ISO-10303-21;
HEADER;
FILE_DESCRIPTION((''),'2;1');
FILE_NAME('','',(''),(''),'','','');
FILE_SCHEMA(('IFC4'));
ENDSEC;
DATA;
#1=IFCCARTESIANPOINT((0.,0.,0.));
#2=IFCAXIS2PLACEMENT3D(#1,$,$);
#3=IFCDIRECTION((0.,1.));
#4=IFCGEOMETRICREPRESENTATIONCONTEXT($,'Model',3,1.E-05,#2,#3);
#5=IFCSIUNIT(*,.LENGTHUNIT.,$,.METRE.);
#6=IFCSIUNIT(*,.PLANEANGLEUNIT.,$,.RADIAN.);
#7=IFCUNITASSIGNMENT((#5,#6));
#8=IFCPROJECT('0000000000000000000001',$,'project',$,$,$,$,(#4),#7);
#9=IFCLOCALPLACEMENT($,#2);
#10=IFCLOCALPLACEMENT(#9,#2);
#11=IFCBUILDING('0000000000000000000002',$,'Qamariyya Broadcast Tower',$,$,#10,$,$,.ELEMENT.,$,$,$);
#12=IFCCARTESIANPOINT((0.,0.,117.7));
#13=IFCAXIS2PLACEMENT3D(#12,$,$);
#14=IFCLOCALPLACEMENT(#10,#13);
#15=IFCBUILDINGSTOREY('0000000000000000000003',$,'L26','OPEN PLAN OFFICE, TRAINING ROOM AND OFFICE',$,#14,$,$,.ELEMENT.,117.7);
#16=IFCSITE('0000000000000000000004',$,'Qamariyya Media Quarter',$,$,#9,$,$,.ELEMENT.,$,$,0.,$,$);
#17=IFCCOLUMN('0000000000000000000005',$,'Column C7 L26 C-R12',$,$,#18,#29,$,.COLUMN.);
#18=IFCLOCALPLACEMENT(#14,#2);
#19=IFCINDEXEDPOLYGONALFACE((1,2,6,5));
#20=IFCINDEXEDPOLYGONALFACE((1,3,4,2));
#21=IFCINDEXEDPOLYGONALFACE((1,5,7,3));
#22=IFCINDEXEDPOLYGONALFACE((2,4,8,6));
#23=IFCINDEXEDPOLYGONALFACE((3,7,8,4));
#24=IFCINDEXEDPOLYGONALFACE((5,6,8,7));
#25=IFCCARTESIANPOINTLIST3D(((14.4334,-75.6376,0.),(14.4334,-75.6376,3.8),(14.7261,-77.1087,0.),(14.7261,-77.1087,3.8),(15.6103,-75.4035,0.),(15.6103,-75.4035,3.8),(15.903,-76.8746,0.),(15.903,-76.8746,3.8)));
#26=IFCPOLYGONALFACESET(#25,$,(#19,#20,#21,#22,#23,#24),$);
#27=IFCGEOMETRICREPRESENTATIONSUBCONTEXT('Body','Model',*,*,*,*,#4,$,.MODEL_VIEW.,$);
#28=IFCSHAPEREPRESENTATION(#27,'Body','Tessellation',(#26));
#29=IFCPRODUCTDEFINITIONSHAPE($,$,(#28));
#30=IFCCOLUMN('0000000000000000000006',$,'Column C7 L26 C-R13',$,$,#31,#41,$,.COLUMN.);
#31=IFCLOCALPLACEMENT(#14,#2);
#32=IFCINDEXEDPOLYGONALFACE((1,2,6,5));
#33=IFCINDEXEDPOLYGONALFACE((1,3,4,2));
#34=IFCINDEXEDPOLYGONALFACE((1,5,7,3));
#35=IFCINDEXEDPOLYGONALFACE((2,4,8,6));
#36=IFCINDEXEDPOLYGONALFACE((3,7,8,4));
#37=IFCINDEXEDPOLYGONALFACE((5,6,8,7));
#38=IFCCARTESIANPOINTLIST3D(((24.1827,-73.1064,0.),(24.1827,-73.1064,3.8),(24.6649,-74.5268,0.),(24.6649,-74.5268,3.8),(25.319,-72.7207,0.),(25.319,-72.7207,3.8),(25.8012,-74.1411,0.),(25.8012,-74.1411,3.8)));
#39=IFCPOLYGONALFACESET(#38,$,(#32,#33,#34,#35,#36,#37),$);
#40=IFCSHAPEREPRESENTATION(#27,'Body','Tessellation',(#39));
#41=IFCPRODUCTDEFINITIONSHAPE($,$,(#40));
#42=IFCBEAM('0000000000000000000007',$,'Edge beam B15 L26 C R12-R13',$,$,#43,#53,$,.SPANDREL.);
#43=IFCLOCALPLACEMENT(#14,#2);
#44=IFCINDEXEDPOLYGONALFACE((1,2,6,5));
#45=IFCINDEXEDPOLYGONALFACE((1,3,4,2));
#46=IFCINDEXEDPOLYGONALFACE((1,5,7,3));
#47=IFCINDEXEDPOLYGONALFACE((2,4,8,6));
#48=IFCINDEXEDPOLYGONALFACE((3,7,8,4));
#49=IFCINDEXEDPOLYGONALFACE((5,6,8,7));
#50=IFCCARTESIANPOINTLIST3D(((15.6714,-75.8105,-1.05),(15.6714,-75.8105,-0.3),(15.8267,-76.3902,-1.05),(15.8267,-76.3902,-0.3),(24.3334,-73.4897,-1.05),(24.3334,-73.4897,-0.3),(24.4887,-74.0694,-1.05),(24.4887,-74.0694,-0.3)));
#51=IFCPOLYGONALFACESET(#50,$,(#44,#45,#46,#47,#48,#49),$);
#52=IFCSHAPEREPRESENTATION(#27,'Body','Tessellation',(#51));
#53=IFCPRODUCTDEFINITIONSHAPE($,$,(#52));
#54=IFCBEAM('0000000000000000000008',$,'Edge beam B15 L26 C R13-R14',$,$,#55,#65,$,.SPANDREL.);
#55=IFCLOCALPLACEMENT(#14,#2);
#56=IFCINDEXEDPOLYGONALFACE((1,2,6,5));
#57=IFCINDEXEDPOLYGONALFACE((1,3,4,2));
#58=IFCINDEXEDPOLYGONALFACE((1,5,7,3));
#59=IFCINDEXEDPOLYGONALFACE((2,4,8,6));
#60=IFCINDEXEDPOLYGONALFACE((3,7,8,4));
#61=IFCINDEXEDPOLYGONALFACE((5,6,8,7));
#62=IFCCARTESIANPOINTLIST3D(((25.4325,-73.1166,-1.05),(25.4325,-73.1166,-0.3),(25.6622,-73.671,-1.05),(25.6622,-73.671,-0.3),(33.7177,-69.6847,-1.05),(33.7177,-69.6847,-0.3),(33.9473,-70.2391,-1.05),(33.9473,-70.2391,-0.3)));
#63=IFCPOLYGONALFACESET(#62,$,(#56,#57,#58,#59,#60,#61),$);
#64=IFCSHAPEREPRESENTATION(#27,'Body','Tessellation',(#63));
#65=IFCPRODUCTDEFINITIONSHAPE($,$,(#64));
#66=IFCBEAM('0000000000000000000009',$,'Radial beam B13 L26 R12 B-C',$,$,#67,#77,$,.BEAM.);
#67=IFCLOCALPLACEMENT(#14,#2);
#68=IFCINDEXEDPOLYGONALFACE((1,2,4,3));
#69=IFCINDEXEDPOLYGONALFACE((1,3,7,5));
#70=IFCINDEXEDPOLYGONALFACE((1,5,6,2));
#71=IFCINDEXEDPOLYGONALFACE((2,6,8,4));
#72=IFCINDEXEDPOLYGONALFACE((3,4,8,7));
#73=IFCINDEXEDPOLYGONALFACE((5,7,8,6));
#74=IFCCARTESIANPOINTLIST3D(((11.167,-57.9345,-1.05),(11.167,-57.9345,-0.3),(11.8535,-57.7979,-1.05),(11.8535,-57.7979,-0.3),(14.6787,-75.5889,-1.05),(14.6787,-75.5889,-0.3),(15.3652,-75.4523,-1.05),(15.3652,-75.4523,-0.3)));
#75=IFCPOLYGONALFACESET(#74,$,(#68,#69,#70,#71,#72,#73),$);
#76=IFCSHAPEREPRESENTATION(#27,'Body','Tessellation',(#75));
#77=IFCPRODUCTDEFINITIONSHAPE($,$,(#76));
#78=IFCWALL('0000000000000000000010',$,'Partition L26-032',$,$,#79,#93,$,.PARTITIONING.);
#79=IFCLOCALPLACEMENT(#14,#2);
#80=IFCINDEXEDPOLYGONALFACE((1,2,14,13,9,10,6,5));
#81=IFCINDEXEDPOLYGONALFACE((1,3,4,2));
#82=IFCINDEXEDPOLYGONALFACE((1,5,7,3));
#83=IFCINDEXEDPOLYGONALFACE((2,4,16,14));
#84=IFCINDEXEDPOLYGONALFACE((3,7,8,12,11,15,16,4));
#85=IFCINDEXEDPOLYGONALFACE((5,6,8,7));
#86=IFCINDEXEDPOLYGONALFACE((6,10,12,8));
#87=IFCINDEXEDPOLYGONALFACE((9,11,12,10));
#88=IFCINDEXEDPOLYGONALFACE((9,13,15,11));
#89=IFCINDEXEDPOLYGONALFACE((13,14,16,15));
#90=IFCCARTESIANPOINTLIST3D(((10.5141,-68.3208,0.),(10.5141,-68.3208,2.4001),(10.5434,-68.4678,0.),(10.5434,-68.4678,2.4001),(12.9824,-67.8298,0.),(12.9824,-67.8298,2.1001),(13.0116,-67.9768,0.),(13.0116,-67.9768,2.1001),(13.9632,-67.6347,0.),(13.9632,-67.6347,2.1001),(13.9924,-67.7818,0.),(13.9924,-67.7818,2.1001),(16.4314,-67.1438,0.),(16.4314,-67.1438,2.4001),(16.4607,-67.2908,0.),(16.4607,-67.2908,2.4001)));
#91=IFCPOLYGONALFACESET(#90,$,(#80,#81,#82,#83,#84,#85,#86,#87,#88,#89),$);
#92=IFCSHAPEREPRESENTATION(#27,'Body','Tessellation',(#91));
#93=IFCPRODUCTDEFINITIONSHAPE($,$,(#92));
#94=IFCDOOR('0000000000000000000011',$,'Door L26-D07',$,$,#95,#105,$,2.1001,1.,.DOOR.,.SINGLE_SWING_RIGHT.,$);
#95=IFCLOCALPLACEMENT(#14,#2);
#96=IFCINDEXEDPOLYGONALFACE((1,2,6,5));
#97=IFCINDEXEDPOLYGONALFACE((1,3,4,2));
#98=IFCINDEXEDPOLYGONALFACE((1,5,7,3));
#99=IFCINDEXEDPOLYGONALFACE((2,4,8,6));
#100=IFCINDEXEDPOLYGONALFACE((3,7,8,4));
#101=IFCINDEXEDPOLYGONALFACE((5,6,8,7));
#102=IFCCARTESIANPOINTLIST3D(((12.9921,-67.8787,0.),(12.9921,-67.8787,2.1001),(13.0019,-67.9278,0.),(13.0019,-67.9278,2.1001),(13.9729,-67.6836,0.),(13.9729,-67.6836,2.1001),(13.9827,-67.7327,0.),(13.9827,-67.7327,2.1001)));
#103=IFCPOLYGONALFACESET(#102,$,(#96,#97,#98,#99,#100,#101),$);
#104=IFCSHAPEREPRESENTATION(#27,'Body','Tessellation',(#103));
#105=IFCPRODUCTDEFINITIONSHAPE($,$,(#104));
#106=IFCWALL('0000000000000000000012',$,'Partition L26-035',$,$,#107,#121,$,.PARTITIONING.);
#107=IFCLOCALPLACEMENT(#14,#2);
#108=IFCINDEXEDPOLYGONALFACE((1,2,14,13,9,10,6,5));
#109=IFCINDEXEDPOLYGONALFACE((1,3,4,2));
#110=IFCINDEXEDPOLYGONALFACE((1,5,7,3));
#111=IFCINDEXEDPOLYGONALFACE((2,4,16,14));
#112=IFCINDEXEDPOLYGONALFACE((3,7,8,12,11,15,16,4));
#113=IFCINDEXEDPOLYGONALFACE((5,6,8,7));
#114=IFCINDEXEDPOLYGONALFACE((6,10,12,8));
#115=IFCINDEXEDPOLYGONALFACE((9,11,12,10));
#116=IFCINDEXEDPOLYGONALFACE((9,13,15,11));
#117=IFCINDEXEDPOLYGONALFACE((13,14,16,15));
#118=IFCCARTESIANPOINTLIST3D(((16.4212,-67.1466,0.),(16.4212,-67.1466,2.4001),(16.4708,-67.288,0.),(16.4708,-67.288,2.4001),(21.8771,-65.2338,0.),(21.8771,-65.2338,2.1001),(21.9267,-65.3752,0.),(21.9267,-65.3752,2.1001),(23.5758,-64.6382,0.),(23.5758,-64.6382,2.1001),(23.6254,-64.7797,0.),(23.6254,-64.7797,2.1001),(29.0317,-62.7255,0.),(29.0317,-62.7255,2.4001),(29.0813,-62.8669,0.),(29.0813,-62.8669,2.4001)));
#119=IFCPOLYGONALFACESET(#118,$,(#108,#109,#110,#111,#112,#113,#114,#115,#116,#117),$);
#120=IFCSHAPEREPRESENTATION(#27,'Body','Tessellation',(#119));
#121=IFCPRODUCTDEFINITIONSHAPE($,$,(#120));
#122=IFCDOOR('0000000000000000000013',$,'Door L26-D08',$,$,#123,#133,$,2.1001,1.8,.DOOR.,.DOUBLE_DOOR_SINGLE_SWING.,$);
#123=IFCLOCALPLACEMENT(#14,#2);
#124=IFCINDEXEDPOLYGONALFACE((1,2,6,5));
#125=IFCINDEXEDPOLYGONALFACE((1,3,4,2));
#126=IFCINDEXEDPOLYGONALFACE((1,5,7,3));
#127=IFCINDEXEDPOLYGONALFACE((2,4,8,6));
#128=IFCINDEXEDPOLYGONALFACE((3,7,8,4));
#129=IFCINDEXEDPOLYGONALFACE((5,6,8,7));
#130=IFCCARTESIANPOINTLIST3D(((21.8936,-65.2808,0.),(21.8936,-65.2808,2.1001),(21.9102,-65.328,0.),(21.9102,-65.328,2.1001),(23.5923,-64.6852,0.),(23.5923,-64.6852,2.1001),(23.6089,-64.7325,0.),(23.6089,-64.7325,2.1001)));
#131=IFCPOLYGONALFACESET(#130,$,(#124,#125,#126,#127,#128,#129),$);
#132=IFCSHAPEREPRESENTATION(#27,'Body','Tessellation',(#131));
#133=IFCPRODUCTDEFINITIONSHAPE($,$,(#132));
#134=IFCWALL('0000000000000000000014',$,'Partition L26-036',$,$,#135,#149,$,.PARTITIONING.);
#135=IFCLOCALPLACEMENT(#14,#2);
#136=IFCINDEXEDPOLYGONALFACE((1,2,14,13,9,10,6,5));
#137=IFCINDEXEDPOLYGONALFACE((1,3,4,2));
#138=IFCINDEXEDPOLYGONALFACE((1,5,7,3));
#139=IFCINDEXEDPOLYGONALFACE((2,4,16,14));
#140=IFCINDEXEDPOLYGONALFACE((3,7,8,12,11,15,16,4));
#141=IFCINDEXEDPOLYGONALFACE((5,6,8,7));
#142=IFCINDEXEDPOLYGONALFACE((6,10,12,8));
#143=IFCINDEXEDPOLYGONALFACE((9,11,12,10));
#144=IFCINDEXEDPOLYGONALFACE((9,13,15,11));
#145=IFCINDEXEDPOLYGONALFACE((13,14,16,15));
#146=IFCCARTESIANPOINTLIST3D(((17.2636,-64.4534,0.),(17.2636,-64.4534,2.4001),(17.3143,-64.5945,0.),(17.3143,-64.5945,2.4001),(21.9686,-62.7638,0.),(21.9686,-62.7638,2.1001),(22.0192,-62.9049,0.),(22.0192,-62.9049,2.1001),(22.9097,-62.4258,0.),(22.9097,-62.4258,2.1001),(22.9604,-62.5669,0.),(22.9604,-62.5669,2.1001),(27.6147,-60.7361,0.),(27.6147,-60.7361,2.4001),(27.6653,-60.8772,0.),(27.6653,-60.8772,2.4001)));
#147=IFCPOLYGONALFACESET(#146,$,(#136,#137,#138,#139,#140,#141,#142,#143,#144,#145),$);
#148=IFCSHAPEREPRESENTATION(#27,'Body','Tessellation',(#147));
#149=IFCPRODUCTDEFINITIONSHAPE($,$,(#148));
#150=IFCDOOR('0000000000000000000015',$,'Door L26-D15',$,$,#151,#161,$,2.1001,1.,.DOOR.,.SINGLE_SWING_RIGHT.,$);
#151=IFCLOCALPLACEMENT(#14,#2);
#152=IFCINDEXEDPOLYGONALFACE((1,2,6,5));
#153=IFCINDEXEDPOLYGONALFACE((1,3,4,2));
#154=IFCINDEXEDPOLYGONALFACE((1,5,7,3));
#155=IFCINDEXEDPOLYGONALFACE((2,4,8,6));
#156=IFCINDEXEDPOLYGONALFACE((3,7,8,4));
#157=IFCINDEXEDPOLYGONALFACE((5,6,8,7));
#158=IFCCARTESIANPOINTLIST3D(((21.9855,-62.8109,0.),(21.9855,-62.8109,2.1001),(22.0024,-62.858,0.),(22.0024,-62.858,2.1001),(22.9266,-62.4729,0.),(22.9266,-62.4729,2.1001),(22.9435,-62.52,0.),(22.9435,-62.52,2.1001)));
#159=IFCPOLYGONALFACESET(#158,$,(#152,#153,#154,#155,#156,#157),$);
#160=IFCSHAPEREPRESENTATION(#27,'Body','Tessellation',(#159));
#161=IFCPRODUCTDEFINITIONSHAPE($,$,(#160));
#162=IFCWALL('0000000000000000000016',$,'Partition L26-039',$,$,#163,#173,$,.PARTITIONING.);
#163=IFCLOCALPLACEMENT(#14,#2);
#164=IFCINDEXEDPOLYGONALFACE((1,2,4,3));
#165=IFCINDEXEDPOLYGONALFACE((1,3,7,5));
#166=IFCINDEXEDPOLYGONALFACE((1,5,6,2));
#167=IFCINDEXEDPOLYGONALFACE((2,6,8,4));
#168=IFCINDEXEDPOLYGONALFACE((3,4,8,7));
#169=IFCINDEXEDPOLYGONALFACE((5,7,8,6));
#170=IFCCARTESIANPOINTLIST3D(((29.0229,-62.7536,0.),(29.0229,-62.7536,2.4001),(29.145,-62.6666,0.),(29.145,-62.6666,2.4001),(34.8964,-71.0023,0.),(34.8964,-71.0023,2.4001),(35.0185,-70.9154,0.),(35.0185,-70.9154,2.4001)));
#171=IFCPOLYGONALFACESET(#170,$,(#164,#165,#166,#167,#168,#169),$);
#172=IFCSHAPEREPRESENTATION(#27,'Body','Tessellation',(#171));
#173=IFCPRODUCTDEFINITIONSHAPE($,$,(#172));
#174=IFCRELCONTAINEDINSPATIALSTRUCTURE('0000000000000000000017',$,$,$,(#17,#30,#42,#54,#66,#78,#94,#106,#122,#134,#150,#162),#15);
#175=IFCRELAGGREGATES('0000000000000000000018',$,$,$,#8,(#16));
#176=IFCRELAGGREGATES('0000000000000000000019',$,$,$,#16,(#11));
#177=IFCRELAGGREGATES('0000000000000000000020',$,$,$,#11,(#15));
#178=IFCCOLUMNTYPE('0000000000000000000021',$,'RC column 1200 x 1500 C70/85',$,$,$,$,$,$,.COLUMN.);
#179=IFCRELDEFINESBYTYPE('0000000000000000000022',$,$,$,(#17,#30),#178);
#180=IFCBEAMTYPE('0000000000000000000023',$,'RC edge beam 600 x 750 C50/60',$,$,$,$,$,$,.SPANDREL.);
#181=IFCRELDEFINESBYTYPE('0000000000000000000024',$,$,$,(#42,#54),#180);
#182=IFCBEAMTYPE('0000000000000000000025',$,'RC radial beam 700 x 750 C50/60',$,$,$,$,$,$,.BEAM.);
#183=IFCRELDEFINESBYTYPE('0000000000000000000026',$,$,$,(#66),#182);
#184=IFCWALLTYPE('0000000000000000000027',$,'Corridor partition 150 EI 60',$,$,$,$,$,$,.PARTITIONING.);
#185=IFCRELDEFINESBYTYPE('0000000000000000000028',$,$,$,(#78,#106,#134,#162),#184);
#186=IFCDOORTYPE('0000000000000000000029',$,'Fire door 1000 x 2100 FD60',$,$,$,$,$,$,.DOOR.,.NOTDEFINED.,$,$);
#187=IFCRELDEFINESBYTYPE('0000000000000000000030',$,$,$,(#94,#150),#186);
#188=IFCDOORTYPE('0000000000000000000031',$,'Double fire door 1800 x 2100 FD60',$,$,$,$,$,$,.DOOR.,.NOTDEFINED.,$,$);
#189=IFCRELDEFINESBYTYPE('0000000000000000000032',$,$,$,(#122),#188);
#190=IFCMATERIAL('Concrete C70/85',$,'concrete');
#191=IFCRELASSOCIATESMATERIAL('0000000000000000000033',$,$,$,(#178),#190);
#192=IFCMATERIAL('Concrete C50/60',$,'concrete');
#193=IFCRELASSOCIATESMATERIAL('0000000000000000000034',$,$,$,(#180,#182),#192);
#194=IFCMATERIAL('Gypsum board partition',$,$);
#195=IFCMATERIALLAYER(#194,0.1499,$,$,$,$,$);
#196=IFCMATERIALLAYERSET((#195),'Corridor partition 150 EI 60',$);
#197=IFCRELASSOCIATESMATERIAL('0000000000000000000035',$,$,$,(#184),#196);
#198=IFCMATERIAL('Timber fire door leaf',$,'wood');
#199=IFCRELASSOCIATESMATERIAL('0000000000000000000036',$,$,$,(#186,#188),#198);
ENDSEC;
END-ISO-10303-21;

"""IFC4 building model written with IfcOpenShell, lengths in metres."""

from ifc_helpers import new_model, si_unit, direction, frame, frame_2d, origin, origin_2d, place, context, subcontext, project, spatial, rectangle, extrude, material, layer, layer_set, material_profile, profile_set, type_object, element, fill, save


model = new_model("IFC4")

# Units and contexts
model_context = context("Model", 3, precision=1e-05, world=origin(), true_north=direction((0.0, 1.0)))
body_context = subcontext(model_context, "Body", "Model", "MODEL_VIEW")
ifc_project = project(units=[si_unit("LENGTHUNIT", "METRE"), si_unit("PLANEANGLEUNIT", "RADIAN")], contexts=[model_context])

# Site, building, storey
site_placement = place(None, origin())
site = spatial("IfcSite", under=ifc_project, at=site_placement, Name="Qamariyya Media Quarter", CompositionType="ELEMENT", RefElevation=0.0)
building_placement = place(site_placement, origin())
building = spatial("IfcBuilding", under=site, at=building_placement, Name="Qamariyya Broadcast Tower", CompositionType="ELEMENT")
storey_placement = place(building_placement, frame((0.0, 0.0, 117.7)))
storey = spatial("IfcBuildingStorey", under=building, at=storey_placement, Name="L26", Description="OPEN PLAN OFFICE, TRAINING ROOM AND OFFICE", CompositionType="ELEMENT", Elevation=117.7)

# Columns
ifc_material_1 = material(Name="Concrete C70/85", Category="concrete")
ifc_material_profile_1 = material_profile(ifc_material_1, rectangle(XDim=1.2, YDim=1.5, at=origin_2d()))
ifc_profile_set_1 = profile_set([ifc_material_profile_1], Name="Concrete C70/85")
column_type = type_object("IfcColumnType", Name="RC column 1200 x 1500 C70/85", PredefinedType="COLUMN", material=ifc_profile_set_1)
for number, where, z_axis, x_axis, name in (
    (1, (15.1682, -76.2561, 0.0), (0.0, 0.0, 1.0), (0.980785, 0.19509, 0.0), "Column C7 L26 C-R12"),
    (2, (24.9919, -73.6238, 0.0), (0.0, 0.0, 1.0), (0.94693, 0.321439, 0.0), "Column C7 L26 C-R13"),
):
    element("IfcColumn", number, at=place(storey_placement, frame(where, z_axis=z_axis, x_axis=x_axis)), inside=storey, type_object=column_type, Name=name, PredefinedType="COLUMN", context=body_context, shape_type="SweptSolid", body=[
        extrude(rectangle(XDim=1.2, YDim=1.5, at=origin_2d()), origin(), (0.0, 0.0, 1.0), 3.8),
    ])

# Beams
ifc_material_2 = material(Name="Concrete C50/60", Category="concrete")
ifc_material_profile_2 = material_profile(ifc_material_2, rectangle(XDim=0.6001, YDim=0.75, at=origin_2d()))
ifc_profile_set_2 = profile_set([ifc_material_profile_2], Name="Concrete C50/60")
beam_type_1 = type_object("IfcBeamType", Name="RC edge beam 600 x 750 C50/60", PredefinedType="SPANDREL", material=ifc_profile_set_2)
beam_1_placement = place(storey_placement, frame((15.749, -76.1003, -0.675), z_axis=(0.965932, 0.258798, 0.0), x_axis=(-0.258798, 0.965932, 0.0)))
element("IfcBeam", 3, at=beam_1_placement, inside=storey, type_object=beam_type_1, Name="Edge beam B15 L26 C R12-R13", PredefinedType="SPANDREL", context=body_context, shape_type="SweptSolid", body=[
    extrude(rectangle(XDim=0.6001, YDim=0.75, at=origin_2d()), origin(), (0.0, 0.0, 1.0), 8.9675),
])
beam_2_placement = place(storey_placement, frame((25.5474, -73.3938, -0.675), z_axis=(0.923877, 0.382689, 0.0), x_axis=(-0.382689, 0.923877, 0.0)))
element("IfcBeam", 4, at=beam_2_placement, inside=storey, type_object=beam_type_1, Name="Edge beam B15 L26 C R13-R14", PredefinedType="SPANDREL", context=body_context, shape_type="SweptSolid", body=[
    extrude(rectangle(XDim=0.6001, YDim=0.75, at=origin_2d()), origin(), (0.0, 0.0, 1.0), 8.9678),
])
ifc_material_profile_3 = material_profile(ifc_material_2, rectangle(XDim=0.7, YDim=0.75, at=origin_2d()))
ifc_profile_set_3 = profile_set([ifc_material_profile_3], Name="Concrete C50/60")
beam_type_2 = type_object("IfcBeamType", Name="RC radial beam 700 x 750 C50/60", PredefinedType="BEAM", material=ifc_profile_set_3)
beam_3_placement = place(storey_placement, frame((11.5103, -57.8662, -0.675), z_axis=(0.195094, -0.980785, 0.0), x_axis=(0.980785, 0.195094, 0.0)))
element("IfcBeam", 5, at=beam_3_placement, inside=storey, type_object=beam_type_2, Name="Radial beam B13 L26 R12 B-C", PredefinedType="BEAM", context=body_context, shape_type="SweptSolid", body=[
    extrude(rectangle(XDim=0.7, YDim=0.75, at=origin_2d()), origin(), (0.0, 0.0, 1.0), 18.0002),
])

# Walls, openings, doors
ifc_material_3 = material(Name="Gypsum board partition")
ifc_layer_1 = layer(ifc_material_3, 0.1499)
ifc_layer_set_1 = layer_set([ifc_layer_1], Name="Corridor partition 150 EI 60")
wall_type_1 = type_object("IfcWallType", Name="Corridor partition 150 EI 60", PredefinedType="PARTITIONING", material=ifc_layer_set_1)
wall_1_placement = place(storey_placement, frame((16.446, -67.2173, 0.0), z_axis=(0.0, 0.0, 1.0), x_axis=(-0.980786, -0.195089, 0.0)))
wall_1 = element("IfcWall", 6, at=wall_1_placement, inside=storey, type_object=wall_type_1, Name="Partition L26-032", PredefinedType="PARTITIONING", context=body_context, shape_type="SweptSolid", body=[
    extrude(rectangle(XDim=6.0332, YDim=0.1499, at=frame_2d((3.0166, 0.0))), origin(), (0.0, 0.0, 1.0), 2.4001),
])
opening_1_placement = place(wall_1_placement, frame((2.5166, 0.0, 0.0)))
opening_1 = element("IfcOpeningElement", 7, at=opening_1_placement, cuts=wall_1, PredefinedType="OPENING", context=body_context, shape_type="SweptSolid", body=[
    extrude(rectangle(XDim=1.0, YDim=2.1001, at=frame_2d((0.5, 1.05))), frame((0.0, 0.085, 0.0), z_axis=(0.0, -1.0, 0.0), x_axis=(1.0, 0.0, 0.0)), (0.0, 0.0, 1.0), 0.1699),
])
ifc_material_4 = material(Name="Timber fire door leaf", Category="wood")
door_type_1 = type_object("IfcDoorType", Name="Fire door 1000 x 2100 FD60", OperationType="NOTDEFINED", PredefinedType="DOOR", material=ifc_material_4)
door_1_placement = place(opening_1_placement, origin())
door_1 = element("IfcDoor", 8, at=door_1_placement, inside=storey, type_object=door_type_1, Name="Door L26-D07", OperationType="SINGLE_SWING_RIGHT", OverallHeight=2.1001, OverallWidth=1.0, PredefinedType="DOOR", context=body_context, shape_type="SweptSolid", body=[
    extrude(rectangle(XDim=1.0, YDim=2.1001, at=frame_2d((0.5, 1.05))), frame((0.0, 0.0249, 0.0), z_axis=(0.0, -1.0, 0.0), x_axis=(1.0, 0.0, 0.0)), (0.0, 0.0, 1.0), 0.05),
])
fill(opening_1, door_1)
wall_2_placement = place(storey_placement, frame((29.0566, -62.7961, 0.0), z_axis=(0.0, 0.0, 1.0), x_axis=(-0.943685, -0.330846, 0.0)))
wall_2 = element("IfcWall", 9, at=wall_2_placement, inside=storey, type_object=wall_type_1, Name="Partition L26-035", PredefinedType="PARTITIONING", context=body_context, shape_type="SweptSolid", body=[
    extrude(rectangle(XDim=13.363, YDim=0.1499, at=frame_2d((6.6816, 0.0))), origin(), (0.0, 0.0, 1.0), 2.4001),
])
opening_2_placement = place(wall_2_placement, frame((5.7817, 0.0, 0.0)))
opening_2 = element("IfcOpeningElement", 10, at=opening_2_placement, cuts=wall_2, PredefinedType="OPENING", context=body_context, shape_type="SweptSolid", body=[
    extrude(rectangle(XDim=1.8, YDim=2.1001, at=frame_2d((0.8999, 1.05))), frame((0.0, 0.085, 0.0), z_axis=(0.0, -1.0, 0.0), x_axis=(1.0, 0.0, 0.0)), (0.0, 0.0, 1.0), 0.1699),
])
door_type_2 = type_object("IfcDoorType", Name="Double fire door 1800 x 2100 FD60", OperationType="NOTDEFINED", PredefinedType="DOOR", material=ifc_material_4)
door_2_placement = place(opening_2_placement, origin())
door_2 = element("IfcDoor", 11, at=door_2_placement, inside=storey, type_object=door_type_2, Name="Door L26-D08", OperationType="DOUBLE_DOOR_SINGLE_SWING", OverallHeight=2.1001, OverallWidth=1.8, PredefinedType="DOOR", context=body_context, shape_type="SweptSolid", body=[
    extrude(rectangle(XDim=1.8, YDim=2.1001, at=frame_2d((0.8999, 1.05))), frame((0.0, 0.0249, 0.0), z_axis=(0.0, -1.0, 0.0), x_axis=(1.0, 0.0, 0.0)), (0.0, 0.0, 1.0), 0.05),
])
fill(opening_2, door_2)
wall_3_placement = place(storey_placement, frame((17.2891, -64.5239, 0.0), z_axis=(0.0, 0.0, 1.0), x_axis=(0.941151, 0.337987, 0.0)))
wall_3 = element("IfcWall", 12, at=wall_3_placement, inside=storey, type_object=wall_type_1, Name="Partition L26-036", PredefinedType="PARTITIONING", context=body_context, shape_type="SweptSolid", body=[
    extrude(rectangle(XDim=10.9983, YDim=0.1499, at=frame_2d((5.499, 0.0))), origin(), (0.0, 0.0, 1.0), 2.4001),
])
opening_3_placement = place(wall_3_placement, frame((4.999, 0.0, 0.0)))
opening_3 = element("IfcOpeningElement", 13, at=opening_3_placement, cuts=wall_3, PredefinedType="OPENING", context=body_context, shape_type="SweptSolid", body=[
    extrude(rectangle(XDim=1.0, YDim=2.1001, at=frame_2d((0.5, 1.05))), frame((0.0, 0.085, 0.0), z_axis=(0.0, -1.0, 0.0), x_axis=(1.0, 0.0, 0.0)), (0.0, 0.0, 1.0), 0.1699),
])
door_3_placement = place(opening_3_placement, origin())
door_3 = element("IfcDoor", 14, at=door_3_placement, inside=storey, type_object=door_type_1, Name="Door L26-D15", OperationType="SINGLE_SWING_RIGHT", OverallHeight=2.1001, OverallWidth=1.0, PredefinedType="DOOR", context=body_context, shape_type="SweptSolid", body=[
    extrude(rectangle(XDim=1.0, YDim=2.1001, at=frame_2d((0.5, 1.05))), frame((0.0, 0.0249, 0.0), z_axis=(0.0, -1.0, 0.0), x_axis=(1.0, 0.0, 0.0)), (0.0, 0.0, 1.0), 0.05),
])
fill(opening_3, door_3)

# Wall
wall_4_placement = place(storey_placement, frame((29.084, -62.7102, 0.0), z_axis=(0.0, 0.0, 1.0), x_axis=(0.580031, -0.814594, 0.0)))
element("IfcWall", 15, at=wall_4_placement, inside=storey, type_object=wall_type_1, Name="Partition L26-039", PredefinedType="PARTITIONING", context=body_context, shape_type="SweptSolid", body=[
    extrude(rectangle(XDim=10.1262, YDim=0.1499, at=frame_2d((5.063, 0.0))), origin(), (0.0, 0.0, 1.0), 2.4001),
])

save(model, "model.ifc")
